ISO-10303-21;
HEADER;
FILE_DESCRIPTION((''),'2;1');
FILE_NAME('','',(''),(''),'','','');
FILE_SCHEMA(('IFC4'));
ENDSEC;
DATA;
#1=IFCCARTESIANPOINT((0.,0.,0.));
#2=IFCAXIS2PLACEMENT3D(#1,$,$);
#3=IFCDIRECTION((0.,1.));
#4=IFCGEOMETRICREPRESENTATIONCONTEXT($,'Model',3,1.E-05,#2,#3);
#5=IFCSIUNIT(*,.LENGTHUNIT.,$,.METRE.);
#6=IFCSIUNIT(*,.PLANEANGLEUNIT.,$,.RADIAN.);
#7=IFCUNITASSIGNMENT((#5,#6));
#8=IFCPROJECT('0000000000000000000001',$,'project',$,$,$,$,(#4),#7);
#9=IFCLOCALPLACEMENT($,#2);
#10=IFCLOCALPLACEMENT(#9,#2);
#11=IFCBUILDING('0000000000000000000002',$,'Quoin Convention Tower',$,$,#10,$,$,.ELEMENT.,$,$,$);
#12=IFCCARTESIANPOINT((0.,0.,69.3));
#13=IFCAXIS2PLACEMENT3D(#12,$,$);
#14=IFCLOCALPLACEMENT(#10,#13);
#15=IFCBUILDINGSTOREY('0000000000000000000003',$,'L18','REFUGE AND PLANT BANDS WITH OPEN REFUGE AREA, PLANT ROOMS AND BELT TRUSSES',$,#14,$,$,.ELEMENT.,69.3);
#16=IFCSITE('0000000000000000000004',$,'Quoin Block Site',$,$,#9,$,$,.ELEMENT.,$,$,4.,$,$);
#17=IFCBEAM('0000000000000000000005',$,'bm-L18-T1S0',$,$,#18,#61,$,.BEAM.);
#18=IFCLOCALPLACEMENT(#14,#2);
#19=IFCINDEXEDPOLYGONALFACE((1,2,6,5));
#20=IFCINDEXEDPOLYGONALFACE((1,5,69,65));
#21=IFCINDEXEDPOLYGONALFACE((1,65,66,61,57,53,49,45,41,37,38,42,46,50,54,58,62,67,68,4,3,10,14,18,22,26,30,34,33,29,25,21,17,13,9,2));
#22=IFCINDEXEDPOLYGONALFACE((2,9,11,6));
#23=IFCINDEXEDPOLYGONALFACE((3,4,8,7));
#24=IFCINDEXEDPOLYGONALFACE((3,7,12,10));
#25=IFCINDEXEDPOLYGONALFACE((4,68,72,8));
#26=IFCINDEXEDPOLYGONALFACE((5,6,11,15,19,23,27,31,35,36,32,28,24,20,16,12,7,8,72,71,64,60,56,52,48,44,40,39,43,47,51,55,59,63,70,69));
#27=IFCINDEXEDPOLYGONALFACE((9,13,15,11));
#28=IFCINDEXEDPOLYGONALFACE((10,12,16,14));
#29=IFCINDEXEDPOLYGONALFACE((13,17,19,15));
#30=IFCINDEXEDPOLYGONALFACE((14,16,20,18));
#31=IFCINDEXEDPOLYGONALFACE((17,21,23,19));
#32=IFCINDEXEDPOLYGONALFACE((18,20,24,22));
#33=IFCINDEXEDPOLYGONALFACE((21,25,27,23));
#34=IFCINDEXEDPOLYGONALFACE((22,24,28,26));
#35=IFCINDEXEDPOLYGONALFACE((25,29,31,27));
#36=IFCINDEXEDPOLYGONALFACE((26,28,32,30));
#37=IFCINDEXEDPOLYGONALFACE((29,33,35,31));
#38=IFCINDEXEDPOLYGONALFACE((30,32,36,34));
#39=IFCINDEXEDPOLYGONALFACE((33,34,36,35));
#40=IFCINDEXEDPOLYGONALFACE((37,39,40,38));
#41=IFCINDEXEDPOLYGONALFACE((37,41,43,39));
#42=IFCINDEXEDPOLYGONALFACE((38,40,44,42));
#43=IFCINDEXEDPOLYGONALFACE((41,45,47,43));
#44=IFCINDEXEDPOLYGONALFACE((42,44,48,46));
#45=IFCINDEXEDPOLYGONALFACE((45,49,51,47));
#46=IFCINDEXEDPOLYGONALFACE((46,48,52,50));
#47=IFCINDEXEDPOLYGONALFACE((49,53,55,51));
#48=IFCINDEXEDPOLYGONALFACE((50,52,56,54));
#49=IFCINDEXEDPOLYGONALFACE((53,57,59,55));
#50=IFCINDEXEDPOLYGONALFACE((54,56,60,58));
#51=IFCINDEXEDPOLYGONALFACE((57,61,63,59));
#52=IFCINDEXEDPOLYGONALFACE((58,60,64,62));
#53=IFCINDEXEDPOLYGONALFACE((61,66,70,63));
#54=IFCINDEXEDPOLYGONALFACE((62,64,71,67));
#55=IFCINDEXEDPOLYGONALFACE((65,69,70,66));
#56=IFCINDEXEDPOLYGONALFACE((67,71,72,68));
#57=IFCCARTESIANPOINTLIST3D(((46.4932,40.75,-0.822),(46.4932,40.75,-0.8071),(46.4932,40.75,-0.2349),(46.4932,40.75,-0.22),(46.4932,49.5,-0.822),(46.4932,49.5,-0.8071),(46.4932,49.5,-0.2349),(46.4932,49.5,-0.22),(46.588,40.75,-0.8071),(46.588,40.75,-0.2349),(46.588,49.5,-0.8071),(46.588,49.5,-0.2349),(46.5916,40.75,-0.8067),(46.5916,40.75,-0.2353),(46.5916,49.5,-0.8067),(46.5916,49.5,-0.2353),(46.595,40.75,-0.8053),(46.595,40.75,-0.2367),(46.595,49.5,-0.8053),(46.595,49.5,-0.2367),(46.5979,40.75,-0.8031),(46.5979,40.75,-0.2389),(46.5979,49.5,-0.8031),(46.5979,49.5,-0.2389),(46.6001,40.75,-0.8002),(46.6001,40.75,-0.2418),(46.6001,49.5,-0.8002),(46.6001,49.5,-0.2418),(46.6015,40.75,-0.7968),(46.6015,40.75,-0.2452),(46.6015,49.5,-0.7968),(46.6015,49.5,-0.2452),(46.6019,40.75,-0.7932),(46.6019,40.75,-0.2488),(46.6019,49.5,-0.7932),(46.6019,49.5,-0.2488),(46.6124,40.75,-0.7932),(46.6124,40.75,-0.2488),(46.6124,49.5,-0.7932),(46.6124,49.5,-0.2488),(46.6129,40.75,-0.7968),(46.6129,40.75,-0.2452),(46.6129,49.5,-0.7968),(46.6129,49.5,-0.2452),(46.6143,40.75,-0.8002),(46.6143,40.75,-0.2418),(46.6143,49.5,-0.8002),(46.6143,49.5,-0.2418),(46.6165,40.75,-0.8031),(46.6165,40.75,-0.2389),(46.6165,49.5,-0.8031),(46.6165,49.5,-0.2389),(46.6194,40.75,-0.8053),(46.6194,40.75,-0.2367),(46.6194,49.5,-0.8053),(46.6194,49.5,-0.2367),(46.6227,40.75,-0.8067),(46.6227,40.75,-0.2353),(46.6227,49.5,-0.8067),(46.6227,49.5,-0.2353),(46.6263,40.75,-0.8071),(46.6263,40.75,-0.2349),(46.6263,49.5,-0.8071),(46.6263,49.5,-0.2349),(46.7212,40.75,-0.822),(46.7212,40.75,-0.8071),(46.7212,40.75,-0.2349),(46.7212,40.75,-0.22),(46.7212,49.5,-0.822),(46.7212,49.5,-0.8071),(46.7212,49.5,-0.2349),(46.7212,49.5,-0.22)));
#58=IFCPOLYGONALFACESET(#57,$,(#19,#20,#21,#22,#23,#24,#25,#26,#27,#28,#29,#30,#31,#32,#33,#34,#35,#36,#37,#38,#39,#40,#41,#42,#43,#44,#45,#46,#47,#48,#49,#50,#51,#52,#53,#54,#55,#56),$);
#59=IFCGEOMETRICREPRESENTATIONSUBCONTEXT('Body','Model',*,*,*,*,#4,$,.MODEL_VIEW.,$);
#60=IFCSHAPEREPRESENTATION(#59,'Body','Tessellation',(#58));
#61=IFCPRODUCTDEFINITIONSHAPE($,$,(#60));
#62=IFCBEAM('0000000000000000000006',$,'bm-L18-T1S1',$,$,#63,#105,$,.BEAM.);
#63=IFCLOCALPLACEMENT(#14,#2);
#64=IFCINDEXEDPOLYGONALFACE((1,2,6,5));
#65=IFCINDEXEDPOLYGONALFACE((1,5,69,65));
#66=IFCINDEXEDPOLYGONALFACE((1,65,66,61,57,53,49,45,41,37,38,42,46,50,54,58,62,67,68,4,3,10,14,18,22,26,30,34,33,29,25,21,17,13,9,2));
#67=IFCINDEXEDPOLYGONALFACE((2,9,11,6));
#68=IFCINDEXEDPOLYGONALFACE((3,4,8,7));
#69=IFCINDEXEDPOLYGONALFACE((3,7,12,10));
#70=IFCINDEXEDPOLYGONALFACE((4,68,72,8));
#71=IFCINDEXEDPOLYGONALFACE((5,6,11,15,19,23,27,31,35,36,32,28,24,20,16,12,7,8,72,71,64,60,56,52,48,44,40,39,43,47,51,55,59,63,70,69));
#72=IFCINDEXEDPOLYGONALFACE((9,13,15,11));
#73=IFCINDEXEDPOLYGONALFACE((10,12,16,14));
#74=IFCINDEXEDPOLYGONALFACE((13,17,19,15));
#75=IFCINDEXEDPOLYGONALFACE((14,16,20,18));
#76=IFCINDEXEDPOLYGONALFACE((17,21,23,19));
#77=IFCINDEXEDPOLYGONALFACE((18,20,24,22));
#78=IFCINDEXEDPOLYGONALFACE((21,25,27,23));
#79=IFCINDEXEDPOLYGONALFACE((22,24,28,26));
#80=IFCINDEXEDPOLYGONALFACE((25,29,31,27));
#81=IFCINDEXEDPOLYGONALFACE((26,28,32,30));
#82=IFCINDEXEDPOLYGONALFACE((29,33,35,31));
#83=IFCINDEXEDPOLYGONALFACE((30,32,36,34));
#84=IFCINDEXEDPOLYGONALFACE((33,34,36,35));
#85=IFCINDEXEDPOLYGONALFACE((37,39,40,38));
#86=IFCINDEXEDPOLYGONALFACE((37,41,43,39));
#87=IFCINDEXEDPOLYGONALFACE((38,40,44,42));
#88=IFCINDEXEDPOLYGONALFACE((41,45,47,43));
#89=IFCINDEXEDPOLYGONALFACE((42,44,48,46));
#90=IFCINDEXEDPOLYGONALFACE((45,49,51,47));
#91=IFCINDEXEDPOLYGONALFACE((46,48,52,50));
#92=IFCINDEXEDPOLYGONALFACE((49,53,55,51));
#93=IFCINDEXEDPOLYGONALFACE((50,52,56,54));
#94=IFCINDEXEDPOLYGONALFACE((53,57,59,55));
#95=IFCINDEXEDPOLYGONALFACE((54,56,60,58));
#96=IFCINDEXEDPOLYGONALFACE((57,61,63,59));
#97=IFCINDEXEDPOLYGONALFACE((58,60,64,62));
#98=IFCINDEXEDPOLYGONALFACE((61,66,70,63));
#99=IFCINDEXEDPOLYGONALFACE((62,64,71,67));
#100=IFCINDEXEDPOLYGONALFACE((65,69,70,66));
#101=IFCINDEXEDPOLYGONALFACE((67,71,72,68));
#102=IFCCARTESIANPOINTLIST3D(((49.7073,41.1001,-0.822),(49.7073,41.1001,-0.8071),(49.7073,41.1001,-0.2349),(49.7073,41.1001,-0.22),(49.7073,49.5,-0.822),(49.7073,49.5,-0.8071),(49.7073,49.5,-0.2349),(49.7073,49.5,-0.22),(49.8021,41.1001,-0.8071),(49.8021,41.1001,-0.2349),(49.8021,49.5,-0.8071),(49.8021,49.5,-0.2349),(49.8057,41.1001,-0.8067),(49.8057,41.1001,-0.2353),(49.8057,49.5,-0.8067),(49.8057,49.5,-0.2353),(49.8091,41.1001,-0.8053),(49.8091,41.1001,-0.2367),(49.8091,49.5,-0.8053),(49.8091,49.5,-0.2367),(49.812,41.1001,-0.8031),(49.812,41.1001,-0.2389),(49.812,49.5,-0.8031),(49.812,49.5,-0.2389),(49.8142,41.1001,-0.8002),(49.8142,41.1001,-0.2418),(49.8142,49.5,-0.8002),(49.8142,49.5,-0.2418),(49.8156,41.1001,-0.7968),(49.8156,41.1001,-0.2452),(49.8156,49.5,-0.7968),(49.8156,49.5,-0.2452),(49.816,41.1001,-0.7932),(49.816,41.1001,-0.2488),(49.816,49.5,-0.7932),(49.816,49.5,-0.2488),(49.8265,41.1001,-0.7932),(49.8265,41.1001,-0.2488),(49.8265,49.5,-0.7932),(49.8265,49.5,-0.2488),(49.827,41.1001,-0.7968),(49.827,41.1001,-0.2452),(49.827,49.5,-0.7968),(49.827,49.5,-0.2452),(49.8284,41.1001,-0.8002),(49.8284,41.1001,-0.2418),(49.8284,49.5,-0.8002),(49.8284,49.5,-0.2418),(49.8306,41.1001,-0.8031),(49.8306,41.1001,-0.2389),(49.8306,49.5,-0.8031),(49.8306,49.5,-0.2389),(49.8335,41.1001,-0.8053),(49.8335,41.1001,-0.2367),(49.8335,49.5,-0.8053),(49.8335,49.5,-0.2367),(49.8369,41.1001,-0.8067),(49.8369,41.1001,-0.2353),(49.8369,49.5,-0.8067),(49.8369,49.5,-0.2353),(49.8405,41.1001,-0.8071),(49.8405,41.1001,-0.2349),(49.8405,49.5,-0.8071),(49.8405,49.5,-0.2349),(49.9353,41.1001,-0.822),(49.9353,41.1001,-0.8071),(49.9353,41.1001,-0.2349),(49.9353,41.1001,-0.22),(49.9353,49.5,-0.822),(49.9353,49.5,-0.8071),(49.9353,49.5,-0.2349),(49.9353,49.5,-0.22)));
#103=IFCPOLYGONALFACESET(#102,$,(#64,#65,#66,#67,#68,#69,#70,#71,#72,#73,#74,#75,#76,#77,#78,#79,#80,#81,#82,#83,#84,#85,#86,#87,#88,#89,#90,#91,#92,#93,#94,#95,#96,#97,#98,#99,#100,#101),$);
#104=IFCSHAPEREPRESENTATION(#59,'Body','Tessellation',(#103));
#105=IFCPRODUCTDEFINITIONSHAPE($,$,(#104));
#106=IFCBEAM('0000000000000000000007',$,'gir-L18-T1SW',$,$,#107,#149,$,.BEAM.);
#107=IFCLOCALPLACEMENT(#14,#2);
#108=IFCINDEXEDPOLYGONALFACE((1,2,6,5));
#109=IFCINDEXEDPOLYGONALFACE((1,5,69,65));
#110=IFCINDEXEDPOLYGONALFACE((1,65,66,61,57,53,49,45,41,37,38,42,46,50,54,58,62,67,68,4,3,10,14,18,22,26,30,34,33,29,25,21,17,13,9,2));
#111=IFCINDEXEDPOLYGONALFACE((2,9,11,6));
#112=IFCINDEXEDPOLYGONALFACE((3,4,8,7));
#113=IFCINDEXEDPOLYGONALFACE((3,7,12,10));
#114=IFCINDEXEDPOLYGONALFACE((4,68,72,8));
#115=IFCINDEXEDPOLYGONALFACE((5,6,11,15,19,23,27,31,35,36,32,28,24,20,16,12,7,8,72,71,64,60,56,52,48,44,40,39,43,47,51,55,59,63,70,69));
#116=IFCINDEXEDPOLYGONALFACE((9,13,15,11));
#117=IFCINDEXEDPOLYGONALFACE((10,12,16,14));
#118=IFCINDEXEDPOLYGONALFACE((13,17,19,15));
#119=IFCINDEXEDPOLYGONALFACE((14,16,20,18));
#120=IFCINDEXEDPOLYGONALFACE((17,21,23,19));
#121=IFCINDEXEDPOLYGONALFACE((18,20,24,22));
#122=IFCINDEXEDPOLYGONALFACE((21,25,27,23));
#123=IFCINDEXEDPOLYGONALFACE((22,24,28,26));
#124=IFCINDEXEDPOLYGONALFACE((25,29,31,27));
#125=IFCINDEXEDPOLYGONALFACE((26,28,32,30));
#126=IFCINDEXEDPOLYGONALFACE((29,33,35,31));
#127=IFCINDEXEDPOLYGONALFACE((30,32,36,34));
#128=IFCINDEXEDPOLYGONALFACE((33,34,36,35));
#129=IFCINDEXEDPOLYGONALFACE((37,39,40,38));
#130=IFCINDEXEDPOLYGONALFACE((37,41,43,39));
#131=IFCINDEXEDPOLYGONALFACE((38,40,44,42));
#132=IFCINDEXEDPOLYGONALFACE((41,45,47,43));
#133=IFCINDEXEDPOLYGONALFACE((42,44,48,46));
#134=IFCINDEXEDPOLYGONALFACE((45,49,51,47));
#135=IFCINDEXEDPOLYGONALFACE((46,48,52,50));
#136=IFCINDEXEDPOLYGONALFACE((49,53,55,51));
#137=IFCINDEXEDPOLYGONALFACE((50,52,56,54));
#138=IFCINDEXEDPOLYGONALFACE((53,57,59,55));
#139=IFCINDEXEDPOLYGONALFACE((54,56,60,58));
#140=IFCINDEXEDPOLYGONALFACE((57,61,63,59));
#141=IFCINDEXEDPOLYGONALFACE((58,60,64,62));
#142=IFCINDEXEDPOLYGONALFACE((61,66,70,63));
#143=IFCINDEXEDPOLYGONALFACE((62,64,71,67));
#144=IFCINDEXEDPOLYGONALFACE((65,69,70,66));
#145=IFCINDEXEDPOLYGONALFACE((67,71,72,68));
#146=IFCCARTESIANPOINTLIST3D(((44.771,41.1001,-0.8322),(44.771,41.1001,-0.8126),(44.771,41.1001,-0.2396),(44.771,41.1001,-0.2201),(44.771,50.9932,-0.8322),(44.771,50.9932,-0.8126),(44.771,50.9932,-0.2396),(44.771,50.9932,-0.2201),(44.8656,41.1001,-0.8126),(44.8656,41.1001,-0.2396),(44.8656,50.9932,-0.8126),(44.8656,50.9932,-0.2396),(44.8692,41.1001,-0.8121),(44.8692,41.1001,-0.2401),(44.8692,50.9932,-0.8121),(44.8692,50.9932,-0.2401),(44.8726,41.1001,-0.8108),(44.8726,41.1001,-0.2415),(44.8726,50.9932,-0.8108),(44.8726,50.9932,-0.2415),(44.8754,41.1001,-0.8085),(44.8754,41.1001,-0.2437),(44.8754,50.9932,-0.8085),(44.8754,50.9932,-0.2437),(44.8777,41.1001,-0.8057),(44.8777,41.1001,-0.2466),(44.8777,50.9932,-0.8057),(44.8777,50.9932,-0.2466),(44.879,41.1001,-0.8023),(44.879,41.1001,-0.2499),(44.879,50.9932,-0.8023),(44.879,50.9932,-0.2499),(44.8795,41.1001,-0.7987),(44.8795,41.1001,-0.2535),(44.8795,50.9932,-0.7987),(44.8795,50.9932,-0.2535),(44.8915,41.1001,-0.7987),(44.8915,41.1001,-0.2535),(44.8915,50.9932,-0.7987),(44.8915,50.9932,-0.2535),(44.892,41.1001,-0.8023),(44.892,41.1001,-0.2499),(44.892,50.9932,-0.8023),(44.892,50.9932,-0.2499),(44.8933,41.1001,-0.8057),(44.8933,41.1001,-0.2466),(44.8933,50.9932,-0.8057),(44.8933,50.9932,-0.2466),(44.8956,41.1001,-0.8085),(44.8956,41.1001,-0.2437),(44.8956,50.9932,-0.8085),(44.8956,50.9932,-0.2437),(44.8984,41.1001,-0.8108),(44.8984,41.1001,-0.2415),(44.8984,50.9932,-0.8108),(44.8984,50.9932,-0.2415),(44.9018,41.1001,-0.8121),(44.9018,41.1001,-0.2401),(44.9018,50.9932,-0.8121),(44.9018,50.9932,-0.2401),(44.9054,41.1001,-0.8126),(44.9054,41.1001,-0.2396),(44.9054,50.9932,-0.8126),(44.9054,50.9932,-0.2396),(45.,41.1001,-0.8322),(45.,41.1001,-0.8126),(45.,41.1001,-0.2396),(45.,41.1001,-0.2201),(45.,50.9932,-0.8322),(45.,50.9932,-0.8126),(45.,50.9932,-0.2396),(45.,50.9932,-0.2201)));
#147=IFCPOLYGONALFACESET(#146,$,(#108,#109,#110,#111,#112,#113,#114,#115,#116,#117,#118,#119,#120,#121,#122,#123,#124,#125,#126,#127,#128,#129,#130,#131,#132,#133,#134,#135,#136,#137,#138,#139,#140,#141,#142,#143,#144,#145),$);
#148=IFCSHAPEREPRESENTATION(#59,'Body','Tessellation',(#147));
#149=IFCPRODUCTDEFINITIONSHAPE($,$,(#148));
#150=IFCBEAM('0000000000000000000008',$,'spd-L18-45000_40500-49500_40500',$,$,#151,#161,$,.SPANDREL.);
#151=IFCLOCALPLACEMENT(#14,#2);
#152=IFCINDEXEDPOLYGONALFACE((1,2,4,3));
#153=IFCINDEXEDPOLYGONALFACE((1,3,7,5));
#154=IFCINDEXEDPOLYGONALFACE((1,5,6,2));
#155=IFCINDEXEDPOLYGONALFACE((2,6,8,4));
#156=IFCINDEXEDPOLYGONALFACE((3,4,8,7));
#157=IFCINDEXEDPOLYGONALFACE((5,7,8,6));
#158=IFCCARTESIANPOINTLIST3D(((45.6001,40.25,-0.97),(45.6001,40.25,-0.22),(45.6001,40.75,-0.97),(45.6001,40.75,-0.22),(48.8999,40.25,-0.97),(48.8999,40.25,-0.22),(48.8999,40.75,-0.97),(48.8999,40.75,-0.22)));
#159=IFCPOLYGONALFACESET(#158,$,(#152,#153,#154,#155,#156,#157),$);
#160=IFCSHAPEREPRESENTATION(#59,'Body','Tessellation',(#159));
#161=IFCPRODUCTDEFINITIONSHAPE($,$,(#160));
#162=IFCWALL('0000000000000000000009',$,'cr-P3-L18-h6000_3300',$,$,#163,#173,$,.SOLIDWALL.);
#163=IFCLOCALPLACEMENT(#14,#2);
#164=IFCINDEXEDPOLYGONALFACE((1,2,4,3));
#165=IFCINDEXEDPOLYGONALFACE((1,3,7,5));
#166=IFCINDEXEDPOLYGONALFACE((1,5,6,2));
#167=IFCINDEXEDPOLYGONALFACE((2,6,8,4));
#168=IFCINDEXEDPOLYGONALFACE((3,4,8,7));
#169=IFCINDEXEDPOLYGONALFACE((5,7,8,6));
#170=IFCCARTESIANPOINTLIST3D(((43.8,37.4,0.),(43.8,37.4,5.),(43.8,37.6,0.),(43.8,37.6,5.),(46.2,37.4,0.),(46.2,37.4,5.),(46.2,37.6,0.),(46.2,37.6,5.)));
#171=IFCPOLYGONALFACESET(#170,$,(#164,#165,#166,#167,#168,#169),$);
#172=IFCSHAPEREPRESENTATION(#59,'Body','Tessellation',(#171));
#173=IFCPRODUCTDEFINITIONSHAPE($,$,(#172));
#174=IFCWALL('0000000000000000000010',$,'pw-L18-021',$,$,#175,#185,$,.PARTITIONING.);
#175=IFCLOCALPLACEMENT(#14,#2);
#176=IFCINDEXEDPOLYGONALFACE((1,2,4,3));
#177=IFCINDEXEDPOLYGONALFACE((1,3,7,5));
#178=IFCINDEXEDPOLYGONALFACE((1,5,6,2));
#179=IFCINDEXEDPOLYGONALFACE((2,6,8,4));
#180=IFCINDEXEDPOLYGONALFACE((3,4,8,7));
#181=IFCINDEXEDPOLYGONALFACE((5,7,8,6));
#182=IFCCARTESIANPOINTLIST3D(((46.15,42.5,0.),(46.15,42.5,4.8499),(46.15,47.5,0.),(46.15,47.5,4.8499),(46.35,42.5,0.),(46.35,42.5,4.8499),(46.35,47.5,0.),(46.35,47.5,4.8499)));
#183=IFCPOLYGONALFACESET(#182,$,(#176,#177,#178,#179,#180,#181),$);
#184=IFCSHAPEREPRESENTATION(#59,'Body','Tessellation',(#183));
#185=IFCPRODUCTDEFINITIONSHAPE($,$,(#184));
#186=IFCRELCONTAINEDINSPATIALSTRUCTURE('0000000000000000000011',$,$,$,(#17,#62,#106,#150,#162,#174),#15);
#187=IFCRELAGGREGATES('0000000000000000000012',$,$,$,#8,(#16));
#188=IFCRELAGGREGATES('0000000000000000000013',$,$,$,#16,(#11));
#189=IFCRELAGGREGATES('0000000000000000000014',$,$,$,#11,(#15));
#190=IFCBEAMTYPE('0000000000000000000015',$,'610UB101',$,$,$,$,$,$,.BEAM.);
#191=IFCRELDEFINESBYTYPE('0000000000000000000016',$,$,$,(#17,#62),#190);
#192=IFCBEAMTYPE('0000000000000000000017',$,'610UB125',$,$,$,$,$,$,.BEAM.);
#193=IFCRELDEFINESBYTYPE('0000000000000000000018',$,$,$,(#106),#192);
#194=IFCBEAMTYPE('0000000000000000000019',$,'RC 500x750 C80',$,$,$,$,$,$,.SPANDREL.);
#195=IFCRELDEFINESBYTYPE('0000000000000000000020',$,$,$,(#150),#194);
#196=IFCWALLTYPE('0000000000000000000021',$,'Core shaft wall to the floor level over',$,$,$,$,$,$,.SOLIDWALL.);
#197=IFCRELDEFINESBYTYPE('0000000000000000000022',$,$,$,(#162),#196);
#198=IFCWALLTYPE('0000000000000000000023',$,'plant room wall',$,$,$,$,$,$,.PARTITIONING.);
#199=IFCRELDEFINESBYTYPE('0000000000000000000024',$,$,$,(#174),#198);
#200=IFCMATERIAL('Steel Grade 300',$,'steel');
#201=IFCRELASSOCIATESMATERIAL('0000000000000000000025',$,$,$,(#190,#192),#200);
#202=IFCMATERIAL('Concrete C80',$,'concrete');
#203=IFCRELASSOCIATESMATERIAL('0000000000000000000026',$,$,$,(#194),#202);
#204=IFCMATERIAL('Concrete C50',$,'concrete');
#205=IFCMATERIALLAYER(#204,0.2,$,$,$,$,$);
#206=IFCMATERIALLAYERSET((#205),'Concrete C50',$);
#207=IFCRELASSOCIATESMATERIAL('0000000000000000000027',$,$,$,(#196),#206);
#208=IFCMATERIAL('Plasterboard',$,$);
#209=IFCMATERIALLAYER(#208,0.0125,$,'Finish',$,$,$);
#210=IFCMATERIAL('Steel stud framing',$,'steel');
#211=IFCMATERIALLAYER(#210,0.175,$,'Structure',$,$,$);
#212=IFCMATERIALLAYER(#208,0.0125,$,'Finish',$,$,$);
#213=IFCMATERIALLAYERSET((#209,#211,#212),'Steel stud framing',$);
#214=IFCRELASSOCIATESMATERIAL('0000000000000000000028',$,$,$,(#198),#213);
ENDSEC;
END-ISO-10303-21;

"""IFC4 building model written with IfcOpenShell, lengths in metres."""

from ifc_helpers import new_model, si_unit, direction, frame, frame_2d, origin, origin_2d, place, context, subcontext, project, spatial, rectangle, i_section, extrude, material, layer, layer_set, material_profile, profile_set, type_object, element, save


model = new_model("IFC4")

# Units and contexts
model_context = context("Model", 3, precision=1e-05, world=origin(), true_north=direction((0.0, 1.0)))
body_context = subcontext(model_context, "Body", "Model", "MODEL_VIEW")
ifc_project = project(units=[si_unit("LENGTHUNIT", "METRE"), si_unit("PLANEANGLEUNIT", "RADIAN")], contexts=[model_context])

# Site, building, storey
site_placement = place(None, origin())
site = spatial("IfcSite", under=ifc_project, at=site_placement, Name="Quoin Block Site", CompositionType="ELEMENT", RefElevation=4.0)
building_placement = place(site_placement, origin())
building = spatial("IfcBuilding", under=site, at=building_placement, Name="Quoin Convention Tower", CompositionType="ELEMENT")
storey_placement = place(building_placement, frame((0.0, 0.0, 69.3)))
storey = spatial("IfcBuildingStorey", under=building, at=storey_placement, Name="L18", Description="REFUGE AND PLANT BANDS WITH OPEN REFUGE AREA, PLANT ROOMS AND BELT TRUSSES", CompositionType="ELEMENT", Elevation=69.3)

# Shared definitions
ifc_material_1 = material(Name="Concrete C80", Category="concrete")

# Shared definitions
ifc_material_2 = material(Name="Steel Grade 300", Category="steel")

# Beams
ifc_material_profile_1 = material_profile(ifc_material_2, i_section(OverallWidth=0.228, OverallDepth=0.6021, WebThickness=0.0105, FlangeThickness=0.0149, FilletRadius=0.0139, at=origin_2d()), Name="610UB101")
ifc_profile_set_1 = profile_set([ifc_material_profile_1], Name="Steel Grade 300")
beam_type_1 = type_object("IfcBeamType", Name="610UB101", PredefinedType="BEAM", material=ifc_profile_set_1)
beam_1_placement = place(storey_placement, frame((46.6072, 40.75, -0.521), z_axis=(0.0, 1.0, 0.0), x_axis=(-1.0, 0.0, 0.0)))
element("IfcBeam", 1, at=beam_1_placement, inside=storey, type_object=beam_type_1, Name="bm-L18-T1S0", PredefinedType="BEAM", context=body_context, shape_type="SweptSolid", body=[
    extrude(i_section(OverallWidth=0.228, OverallDepth=0.6021, WebThickness=0.0105, FlangeThickness=0.0149, FilletRadius=0.0139, at=origin_2d()), origin(), (0.0, 0.0, 1.0), 8.75),
])
beam_2_placement = place(storey_placement, frame((49.8213, 41.1001, -0.521), z_axis=(0.0, 1.0, 0.0), x_axis=(-1.0, 0.0, 0.0)))
element("IfcBeam", 2, at=beam_2_placement, inside=storey, type_object=beam_type_1, Name="bm-L18-T1S1", PredefinedType="BEAM", context=body_context, shape_type="SweptSolid", body=[
    extrude(i_section(OverallWidth=0.228, OverallDepth=0.6021, WebThickness=0.0105, FlangeThickness=0.0149, FilletRadius=0.0139, at=origin_2d()), origin(), (0.0, 0.0, 1.0), 8.3999),
])
ifc_material_profile_2 = material_profile(ifc_material_2, i_section(OverallWidth=0.229, OverallDepth=0.6121, WebThickness=0.012, FlangeThickness=0.0195, FilletRadius=0.0139, at=origin_2d()), Name="610UB125")
ifc_profile_set_2 = profile_set([ifc_material_profile_2], Name="Steel Grade 300")
beam_type_2 = type_object("IfcBeamType", Name="610UB125", PredefinedType="BEAM", material=ifc_profile_set_2)
beam_3_placement = place(storey_placement, frame((44.8855, 41.1001, -0.5261), z_axis=(0.0, 1.0, 0.0), x_axis=(-1.0, 0.0, 0.0)))
element("IfcBeam", 3, at=beam_3_placement, inside=storey, type_object=beam_type_2, Name="gir-L18-T1SW", PredefinedType="BEAM", context=body_context, shape_type="SweptSolid", body=[
    extrude(i_section(OverallWidth=0.229, OverallDepth=0.6121, WebThickness=0.012, FlangeThickness=0.0195, FilletRadius=0.0139, at=origin_2d()), origin(), (0.0, 0.0, 1.0), 9.8931),
])
ifc_material_profile_3 = material_profile(ifc_material_1, rectangle(XDim=0.5, YDim=0.75, at=origin_2d()), Name="RC 500x750")
ifc_profile_set_3 = profile_set([ifc_material_profile_3], Name="Concrete C80")
beam_type_3 = type_object("IfcBeamType", Name="RC 500x750 C80", PredefinedType="SPANDREL", material=ifc_profile_set_3)
beam_4_placement = place(storey_placement, frame((45.6001, 40.5, -0.595), z_axis=(1.0, 0.0, 0.0), x_axis=(0.0, 1.0, 0.0)))
element("IfcBeam", 4, at=beam_4_placement, inside=storey, type_object=beam_type_3, Name="spd-L18-45000_40500-49500_40500", PredefinedType="SPANDREL", context=body_context, shape_type="SweptSolid", body=[
    extrude(rectangle(XDim=0.5, YDim=0.75, at=origin_2d()), origin(), (0.0, 0.0, 1.0), 3.2998),
])

# Walls
ifc_material_3 = material(Name="Concrete C50", Category="concrete")
ifc_layer_1 = layer(ifc_material_3, 0.2)
ifc_layer_set_1 = layer_set([ifc_layer_1], Name="Concrete C50")
wall_type_1 = type_object("IfcWallType", Name="Core shaft wall to the floor level over", PredefinedType="SOLIDWALL", material=ifc_layer_set_1)
wall_1_placement = place(storey_placement, frame((43.8, 37.5, 0.0), z_axis=(0.0, 0.0, 1.0), x_axis=(1.0, 0.0, 0.0)))
element("IfcWall", 5, at=wall_1_placement, inside=storey, type_object=wall_type_1, Name="cr-P3-L18-h6000_3300", PredefinedType="SOLIDWALL", context=body_context, shape_type="SweptSolid", body=[
    extrude(rectangle(XDim=2.3999, YDim=0.2, at=frame_2d((1.2, 0.0))), origin(), (0.0, 0.0, 1.0), 5.0),
])
ifc_material_4 = material(Name="Plasterboard")
ifc_layer_2 = layer(ifc_material_4, 0.0125, Name="Finish")
ifc_material_5 = material(Name="Steel stud framing", Category="steel")
ifc_layer_3 = layer(ifc_material_5, 0.175, Name="Structure")
ifc_layer_4 = layer(ifc_material_4, 0.0125, Name="Finish")
ifc_layer_set_2 = layer_set([ifc_layer_2, ifc_layer_3, ifc_layer_4], Name="Steel stud framing")
wall_type_2 = type_object("IfcWallType", Name="plant room wall", PredefinedType="PARTITIONING", material=ifc_layer_set_2)
wall_2_placement = place(storey_placement, frame((46.25, 42.5, 0.0), z_axis=(0.0, 0.0, 1.0), x_axis=(0.0, 1.0, 0.0)))
element("IfcWall", 6, at=wall_2_placement, inside=storey, type_object=wall_type_2, Name="pw-L18-021", PredefinedType="PARTITIONING", context=body_context, shape_type="SweptSolid", body=[
    extrude(rectangle(XDim=5.0, YDim=0.2, at=frame_2d((2.5, 0.0))), origin(), (0.0, 0.0, 1.0), 4.8499),
])

save(model, "model.ifc")
